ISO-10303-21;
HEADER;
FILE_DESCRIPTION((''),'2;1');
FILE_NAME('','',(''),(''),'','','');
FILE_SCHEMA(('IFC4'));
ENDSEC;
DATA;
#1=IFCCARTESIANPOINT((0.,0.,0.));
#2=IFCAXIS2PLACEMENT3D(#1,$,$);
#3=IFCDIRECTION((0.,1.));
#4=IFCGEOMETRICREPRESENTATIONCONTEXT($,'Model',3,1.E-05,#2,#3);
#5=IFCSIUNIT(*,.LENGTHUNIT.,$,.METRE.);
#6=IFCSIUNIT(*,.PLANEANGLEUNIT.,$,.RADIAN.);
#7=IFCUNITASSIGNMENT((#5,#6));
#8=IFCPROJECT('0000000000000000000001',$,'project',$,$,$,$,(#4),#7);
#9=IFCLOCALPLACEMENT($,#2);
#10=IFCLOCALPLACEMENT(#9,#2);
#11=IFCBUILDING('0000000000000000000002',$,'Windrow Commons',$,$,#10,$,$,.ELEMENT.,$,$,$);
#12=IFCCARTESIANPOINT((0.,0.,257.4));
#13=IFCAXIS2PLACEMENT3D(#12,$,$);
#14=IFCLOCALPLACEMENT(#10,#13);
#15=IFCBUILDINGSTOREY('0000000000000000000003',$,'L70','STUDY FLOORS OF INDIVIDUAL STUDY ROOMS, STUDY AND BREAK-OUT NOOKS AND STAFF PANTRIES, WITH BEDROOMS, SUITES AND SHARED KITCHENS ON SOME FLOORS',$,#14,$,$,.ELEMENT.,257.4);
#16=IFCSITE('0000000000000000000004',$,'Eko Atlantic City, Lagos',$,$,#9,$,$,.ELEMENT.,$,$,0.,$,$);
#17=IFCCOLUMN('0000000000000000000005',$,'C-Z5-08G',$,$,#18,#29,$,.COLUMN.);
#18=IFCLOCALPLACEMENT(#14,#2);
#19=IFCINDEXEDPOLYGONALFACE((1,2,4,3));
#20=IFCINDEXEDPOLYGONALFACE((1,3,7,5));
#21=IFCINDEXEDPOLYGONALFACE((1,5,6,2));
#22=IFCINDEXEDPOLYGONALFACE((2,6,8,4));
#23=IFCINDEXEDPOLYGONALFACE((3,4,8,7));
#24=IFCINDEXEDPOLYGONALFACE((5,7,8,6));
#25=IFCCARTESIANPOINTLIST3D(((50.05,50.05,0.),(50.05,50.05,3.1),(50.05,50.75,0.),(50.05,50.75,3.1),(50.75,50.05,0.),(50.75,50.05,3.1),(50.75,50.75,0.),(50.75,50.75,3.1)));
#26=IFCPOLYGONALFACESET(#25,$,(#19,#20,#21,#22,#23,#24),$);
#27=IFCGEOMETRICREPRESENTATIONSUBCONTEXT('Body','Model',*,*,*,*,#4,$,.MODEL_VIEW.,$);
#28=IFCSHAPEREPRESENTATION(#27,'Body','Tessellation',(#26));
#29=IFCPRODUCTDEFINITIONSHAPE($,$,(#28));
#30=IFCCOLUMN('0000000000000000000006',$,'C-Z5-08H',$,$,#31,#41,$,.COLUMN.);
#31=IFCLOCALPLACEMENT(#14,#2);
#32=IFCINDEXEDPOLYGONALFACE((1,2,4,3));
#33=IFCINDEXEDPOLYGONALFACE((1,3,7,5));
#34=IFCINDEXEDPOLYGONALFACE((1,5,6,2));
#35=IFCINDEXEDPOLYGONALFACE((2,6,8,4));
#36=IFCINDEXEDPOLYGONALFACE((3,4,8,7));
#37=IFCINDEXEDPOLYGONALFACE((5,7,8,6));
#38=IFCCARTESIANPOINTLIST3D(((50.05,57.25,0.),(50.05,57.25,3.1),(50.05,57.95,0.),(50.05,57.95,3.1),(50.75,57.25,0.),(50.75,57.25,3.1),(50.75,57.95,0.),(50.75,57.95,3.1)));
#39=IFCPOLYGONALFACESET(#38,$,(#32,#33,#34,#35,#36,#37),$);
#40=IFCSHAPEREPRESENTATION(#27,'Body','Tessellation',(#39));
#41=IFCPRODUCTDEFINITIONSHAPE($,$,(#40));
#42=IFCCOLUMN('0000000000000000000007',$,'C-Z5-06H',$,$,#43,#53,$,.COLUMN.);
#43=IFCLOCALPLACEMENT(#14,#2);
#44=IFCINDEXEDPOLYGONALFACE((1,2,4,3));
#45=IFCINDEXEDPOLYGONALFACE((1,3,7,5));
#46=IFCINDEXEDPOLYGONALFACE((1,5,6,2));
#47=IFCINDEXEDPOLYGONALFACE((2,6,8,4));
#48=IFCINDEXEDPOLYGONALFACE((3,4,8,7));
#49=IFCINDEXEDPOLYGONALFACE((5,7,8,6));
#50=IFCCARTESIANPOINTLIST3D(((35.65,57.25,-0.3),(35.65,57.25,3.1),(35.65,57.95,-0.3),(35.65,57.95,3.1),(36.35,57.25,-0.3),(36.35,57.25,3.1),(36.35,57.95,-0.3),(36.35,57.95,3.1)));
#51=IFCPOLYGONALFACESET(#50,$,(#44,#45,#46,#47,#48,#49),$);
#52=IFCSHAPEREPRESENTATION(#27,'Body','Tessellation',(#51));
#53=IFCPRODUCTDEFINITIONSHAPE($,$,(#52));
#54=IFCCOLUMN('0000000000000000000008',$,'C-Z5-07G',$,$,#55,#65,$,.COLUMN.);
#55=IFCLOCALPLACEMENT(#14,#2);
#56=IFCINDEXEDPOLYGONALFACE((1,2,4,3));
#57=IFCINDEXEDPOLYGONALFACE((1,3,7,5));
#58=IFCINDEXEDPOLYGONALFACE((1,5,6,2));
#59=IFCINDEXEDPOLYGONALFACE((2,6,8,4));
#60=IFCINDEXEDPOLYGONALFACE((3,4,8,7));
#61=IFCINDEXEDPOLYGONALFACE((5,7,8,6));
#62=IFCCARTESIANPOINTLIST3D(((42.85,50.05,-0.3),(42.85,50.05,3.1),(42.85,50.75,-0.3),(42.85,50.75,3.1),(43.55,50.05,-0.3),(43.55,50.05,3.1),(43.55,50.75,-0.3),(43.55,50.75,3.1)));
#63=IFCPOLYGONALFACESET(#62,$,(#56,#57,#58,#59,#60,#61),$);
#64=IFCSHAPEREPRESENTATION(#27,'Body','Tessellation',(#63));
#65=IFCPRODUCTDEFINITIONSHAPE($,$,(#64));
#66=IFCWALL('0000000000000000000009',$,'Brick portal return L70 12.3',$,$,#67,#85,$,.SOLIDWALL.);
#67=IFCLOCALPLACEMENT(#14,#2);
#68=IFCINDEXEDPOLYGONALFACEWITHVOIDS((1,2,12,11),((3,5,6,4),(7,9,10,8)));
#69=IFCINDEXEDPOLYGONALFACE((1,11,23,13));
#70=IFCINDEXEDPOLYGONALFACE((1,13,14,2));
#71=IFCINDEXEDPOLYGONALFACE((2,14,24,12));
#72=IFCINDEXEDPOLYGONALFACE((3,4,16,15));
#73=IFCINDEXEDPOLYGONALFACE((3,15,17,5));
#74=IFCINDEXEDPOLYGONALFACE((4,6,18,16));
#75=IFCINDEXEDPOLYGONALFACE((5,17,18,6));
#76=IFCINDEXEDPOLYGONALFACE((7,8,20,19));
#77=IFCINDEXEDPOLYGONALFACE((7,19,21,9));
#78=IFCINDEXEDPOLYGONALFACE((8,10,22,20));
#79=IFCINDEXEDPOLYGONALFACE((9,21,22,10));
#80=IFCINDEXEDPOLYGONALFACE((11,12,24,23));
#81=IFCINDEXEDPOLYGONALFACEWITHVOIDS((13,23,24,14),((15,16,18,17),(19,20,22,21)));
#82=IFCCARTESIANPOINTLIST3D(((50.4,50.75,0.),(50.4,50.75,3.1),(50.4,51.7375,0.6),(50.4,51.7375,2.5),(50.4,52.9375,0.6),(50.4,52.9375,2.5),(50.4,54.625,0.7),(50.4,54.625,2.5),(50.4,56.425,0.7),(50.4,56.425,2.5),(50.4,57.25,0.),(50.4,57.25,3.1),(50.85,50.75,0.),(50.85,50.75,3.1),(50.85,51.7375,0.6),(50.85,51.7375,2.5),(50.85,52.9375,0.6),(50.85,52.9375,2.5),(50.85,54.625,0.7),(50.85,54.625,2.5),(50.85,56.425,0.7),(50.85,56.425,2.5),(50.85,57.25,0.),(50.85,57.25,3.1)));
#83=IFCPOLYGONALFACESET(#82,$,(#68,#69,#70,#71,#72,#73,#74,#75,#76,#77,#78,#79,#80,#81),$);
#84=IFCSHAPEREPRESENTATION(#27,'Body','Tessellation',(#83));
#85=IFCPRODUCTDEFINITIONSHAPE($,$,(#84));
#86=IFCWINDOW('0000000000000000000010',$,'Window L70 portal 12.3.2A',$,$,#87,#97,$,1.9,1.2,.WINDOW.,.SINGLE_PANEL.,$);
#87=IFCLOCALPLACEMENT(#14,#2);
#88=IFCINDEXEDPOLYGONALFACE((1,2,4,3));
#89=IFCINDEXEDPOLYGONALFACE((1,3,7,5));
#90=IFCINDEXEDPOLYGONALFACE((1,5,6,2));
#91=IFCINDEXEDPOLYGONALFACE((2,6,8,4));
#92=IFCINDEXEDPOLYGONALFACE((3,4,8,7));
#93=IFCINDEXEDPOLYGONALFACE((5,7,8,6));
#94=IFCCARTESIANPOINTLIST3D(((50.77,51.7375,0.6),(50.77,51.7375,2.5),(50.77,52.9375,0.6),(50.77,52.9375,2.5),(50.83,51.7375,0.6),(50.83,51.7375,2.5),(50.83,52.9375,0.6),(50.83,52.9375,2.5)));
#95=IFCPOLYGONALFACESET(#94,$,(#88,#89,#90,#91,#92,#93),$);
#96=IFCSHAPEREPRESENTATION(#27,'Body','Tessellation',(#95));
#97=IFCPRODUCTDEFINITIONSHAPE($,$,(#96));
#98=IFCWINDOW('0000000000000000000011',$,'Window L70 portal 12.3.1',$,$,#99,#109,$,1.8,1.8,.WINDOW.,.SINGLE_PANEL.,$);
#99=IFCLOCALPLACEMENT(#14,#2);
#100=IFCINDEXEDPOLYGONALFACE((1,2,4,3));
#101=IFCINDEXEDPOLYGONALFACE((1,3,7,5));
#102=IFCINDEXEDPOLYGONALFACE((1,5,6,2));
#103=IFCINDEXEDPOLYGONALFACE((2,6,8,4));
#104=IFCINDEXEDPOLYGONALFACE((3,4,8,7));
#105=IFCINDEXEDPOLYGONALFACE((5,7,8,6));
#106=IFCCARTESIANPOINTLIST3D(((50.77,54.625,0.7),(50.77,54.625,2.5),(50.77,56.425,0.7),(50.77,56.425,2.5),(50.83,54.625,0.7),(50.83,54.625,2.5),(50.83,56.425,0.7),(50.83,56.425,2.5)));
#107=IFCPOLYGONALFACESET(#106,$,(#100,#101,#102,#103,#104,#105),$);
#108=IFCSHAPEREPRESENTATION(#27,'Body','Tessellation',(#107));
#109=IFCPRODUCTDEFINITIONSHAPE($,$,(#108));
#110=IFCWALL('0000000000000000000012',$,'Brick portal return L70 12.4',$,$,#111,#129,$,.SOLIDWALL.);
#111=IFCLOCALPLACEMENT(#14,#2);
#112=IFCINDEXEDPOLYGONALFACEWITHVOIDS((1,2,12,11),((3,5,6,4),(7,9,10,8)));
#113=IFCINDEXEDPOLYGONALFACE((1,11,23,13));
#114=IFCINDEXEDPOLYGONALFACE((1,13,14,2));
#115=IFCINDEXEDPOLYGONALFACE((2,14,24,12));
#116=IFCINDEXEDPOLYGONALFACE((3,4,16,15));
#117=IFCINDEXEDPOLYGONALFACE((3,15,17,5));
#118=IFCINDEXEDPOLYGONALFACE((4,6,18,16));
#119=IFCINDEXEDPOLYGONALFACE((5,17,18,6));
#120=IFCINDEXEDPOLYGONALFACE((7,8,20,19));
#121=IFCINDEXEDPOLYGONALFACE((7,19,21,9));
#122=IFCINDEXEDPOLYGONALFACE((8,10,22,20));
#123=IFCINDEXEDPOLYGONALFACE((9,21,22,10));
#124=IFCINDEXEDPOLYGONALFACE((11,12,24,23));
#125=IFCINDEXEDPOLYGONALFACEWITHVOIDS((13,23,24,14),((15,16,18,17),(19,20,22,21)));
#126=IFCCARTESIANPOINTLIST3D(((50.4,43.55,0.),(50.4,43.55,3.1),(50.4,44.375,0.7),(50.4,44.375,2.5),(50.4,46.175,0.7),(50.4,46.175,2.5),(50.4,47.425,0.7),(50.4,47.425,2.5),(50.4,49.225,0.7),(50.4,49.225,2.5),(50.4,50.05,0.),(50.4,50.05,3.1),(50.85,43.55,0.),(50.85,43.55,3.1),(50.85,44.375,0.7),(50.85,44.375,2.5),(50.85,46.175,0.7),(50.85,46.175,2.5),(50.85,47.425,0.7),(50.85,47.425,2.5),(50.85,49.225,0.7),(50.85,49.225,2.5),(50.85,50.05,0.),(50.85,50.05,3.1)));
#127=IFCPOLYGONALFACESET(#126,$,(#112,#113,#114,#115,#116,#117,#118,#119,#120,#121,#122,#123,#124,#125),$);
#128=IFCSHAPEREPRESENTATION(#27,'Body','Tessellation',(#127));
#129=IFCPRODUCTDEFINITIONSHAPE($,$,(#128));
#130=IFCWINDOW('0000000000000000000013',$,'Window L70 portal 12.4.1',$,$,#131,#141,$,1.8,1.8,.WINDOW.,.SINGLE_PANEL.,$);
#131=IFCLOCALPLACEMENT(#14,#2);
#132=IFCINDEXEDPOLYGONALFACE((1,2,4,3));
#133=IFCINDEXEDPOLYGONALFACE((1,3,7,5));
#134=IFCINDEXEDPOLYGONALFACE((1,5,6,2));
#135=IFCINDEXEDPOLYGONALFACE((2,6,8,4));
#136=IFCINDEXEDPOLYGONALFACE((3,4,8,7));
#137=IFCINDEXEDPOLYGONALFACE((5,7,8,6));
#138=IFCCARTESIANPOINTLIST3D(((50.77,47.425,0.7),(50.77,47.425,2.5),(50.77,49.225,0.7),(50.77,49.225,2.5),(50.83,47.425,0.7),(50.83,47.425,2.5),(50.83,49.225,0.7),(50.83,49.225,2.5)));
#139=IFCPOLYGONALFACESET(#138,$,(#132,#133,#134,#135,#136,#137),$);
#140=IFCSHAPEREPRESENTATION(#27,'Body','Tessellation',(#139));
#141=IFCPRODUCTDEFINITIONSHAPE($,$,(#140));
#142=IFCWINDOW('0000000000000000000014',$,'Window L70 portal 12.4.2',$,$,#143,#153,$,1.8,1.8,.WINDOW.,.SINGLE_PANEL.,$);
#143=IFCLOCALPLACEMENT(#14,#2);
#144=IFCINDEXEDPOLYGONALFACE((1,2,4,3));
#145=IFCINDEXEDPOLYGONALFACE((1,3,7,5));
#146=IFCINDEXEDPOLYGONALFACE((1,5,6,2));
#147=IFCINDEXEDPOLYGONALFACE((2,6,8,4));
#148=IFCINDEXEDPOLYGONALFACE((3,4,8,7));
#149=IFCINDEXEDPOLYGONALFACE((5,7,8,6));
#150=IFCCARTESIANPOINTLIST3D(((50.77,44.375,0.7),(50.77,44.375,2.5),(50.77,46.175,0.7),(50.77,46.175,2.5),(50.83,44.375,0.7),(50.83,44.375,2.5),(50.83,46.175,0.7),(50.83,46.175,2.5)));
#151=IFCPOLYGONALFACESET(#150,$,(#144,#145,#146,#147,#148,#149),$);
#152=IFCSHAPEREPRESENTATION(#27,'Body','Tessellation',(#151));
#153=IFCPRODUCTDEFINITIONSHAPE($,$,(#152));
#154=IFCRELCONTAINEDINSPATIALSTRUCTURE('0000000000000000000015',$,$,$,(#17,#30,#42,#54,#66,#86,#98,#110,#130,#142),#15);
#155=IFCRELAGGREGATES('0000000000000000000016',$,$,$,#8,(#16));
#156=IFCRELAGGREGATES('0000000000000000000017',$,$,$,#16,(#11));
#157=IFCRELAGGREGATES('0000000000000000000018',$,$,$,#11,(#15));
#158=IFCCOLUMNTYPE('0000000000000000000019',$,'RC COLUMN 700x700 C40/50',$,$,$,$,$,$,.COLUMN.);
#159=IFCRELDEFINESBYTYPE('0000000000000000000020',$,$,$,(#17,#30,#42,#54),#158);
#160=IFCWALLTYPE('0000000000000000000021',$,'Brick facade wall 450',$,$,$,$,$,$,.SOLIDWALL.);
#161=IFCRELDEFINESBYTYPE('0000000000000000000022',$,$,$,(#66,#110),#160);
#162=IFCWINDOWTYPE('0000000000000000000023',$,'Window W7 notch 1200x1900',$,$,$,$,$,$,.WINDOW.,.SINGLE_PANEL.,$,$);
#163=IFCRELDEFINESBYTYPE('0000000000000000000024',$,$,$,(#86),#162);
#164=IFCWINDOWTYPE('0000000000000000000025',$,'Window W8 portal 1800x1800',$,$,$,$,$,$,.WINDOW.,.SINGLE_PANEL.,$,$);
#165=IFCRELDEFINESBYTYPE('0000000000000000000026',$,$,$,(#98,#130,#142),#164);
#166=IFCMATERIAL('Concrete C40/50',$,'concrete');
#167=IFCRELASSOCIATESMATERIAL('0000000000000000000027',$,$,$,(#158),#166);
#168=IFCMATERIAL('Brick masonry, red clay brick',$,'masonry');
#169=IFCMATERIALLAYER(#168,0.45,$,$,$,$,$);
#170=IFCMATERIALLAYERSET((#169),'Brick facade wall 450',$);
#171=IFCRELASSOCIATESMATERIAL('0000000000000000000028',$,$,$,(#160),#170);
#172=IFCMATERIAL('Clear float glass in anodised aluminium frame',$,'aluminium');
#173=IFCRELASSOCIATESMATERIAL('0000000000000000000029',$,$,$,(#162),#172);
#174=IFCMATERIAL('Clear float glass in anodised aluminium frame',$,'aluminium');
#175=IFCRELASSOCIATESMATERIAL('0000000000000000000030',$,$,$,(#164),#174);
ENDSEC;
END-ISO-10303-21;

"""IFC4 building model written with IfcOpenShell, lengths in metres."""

from ifc_helpers import new_model, si_unit, direction, frame, frame_2d, origin, origin_2d, place, context, subcontext, project, spatial, rectangle, extrude, material, layer, layer_set, material_profile, profile_set, type_object, element, fill, save


model = new_model("IFC4")

# Units and contexts
model_context = context("Model", 3, precision=1e-05, world=origin(), true_north=direction((0.0, 1.0)))
body_context = subcontext(model_context, "Body", "Model", "MODEL_VIEW")
ifc_project = project(units=[si_unit("LENGTHUNIT", "METRE"), si_unit("PLANEANGLEUNIT", "RADIAN")], contexts=[model_context])

# Site, building, storey
site_placement = place(None, origin())
site = spatial("IfcSite", under=ifc_project, at=site_placement, Name="Eko Atlantic City, Lagos", CompositionType="ELEMENT", RefElevation=0.0)
building_placement = place(site_placement, origin())
building = spatial("IfcBuilding", under=site, at=building_placement, Name="Windrow Commons", CompositionType="ELEMENT")
storey_placement = place(building_placement, frame((0.0, 0.0, 257.4)))
storey = spatial("IfcBuildingStorey", under=building, at=storey_placement, Name="L70", Description="STUDY FLOORS OF INDIVIDUAL STUDY ROOMS, STUDY AND BREAK-OUT NOOKS AND STAFF PANTRIES, WITH BEDROOMS, SUITES AND SHARED KITCHENS ON SOME FLOORS", CompositionType="ELEMENT", Elevation=257.4)

# Columns
ifc_material_1 = material(Name="Concrete C40/50", Category="concrete")
ifc_material_profile = material_profile(ifc_material_1, rectangle(XDim=0.7, YDim=0.7, at=origin_2d()))
ifc_profile_set = profile_set([ifc_material_profile], Name="Concrete C40/50")
column_type = type_object("IfcColumnType", Name="RC COLUMN 700x700 C40/50", PredefinedType="COLUMN", material=ifc_profile_set)
for number, where, z_axis, x_axis, name in (
    (1, (50.4, 50.4, 0.0), (0.0, 0.0, 1.0), (1.0, 0.0, 0.0), "C-Z5-08G"),
    (2, (50.4, 57.6, 0.0), (0.0, 0.0, 1.0), (1.0, 0.0, 0.0), "C-Z5-08H"),
):
    element("IfcColumn", number, at=place(storey_placement, frame(where, z_axis=z_axis, x_axis=x_axis)), inside=storey, type_object=column_type, Name=name, PredefinedType="COLUMN", context=body_context, shape_type="SweptSolid", body=[
        extrude(rectangle(XDim=0.7, YDim=0.7, at=origin_2d()), origin(), (0.0, 0.0, 1.0), 3.1),
    ])
for number, where, z_axis, x_axis, name in (
    (3, (36.0, 57.6, -0.3), (0.0, 0.0, 1.0), (1.0, 0.0, 0.0), "C-Z5-06H"),
    (4, (43.2, 50.4, -0.3), (0.0, 0.0, 1.0), (1.0, 0.0, 0.0), "C-Z5-07G"),
):
    element("IfcColumn", number, at=place(storey_placement, frame(where, z_axis=z_axis, x_axis=x_axis)), inside=storey, type_object=column_type, Name=name, PredefinedType="COLUMN", context=body_context, shape_type="SweptSolid", body=[
        extrude(rectangle(XDim=0.7, YDim=0.7, at=origin_2d()), origin(), (0.0, 0.0, 1.0), 3.4),
    ])

# Walls, openings, windows
ifc_material_2 = material(Name="Brick masonry, red clay brick", Category="masonry")
ifc_layer_1 = layer(ifc_material_2, 0.45)
ifc_layer_set_1 = layer_set([ifc_layer_1], Name="Brick facade wall 450")
wall_type_1 = type_object("IfcWallType", Name="Brick facade wall 450", PredefinedType="SOLIDWALL", material=ifc_layer_set_1)
wall_1_placement = place(storey_placement, frame((50.625, 57.25, 0.0), z_axis=(0.0, 0.0, 1.0), x_axis=(0.0, -1.0, 0.0)))
wall_1 = element("IfcWall", 5, at=wall_1_placement, inside=storey, type_object=wall_type_1, Name="Brick portal return L70 12.3", PredefinedType="SOLIDWALL", context=body_context, shape_type="SweptSolid", body=[
    extrude(rectangle(XDim=6.5, YDim=0.45, at=frame_2d((3.25, 0.0))), origin(), (0.0, 0.0, 1.0), 3.1),
])
opening_1_placement = place(wall_1_placement, frame((0.825, 0.0, 0.7)))
opening_1 = element("IfcOpeningElement", 6, at=opening_1_placement, cuts=wall_1, PredefinedType="OPENING", context=body_context, shape_type="SweptSolid", body=[
    extrude(rectangle(XDim=1.8, YDim=1.8, at=frame_2d((0.9, 0.9))), frame((0.0, 0.235, 0.0), z_axis=(0.0, -1.0, 0.0), x_axis=(1.0, 0.0, 0.0)), (0.0, 0.0, 1.0), 0.47),
])
opening_2_placement = place(wall_1_placement, frame((4.3125, 0.0, 0.6)))
opening_2 = element("IfcOpeningElement", 7, at=opening_2_placement, cuts=wall_1, PredefinedType="OPENING", context=body_context, shape_type="SweptSolid", body=[
    extrude(rectangle(XDim=1.2, YDim=1.9, at=frame_2d((0.6, 0.95))), frame((0.0, 0.235, 0.0), z_axis=(0.0, -1.0, 0.0), x_axis=(1.0, 0.0, 0.0)), (0.0, 0.0, 1.0), 0.47),
])
ifc_material_3 = material(Name="Clear float glass in anodised aluminium frame", Category="aluminium")
window_type_1 = type_object("IfcWindowType", Name="Window W7 notch 1200x1900", PartitioningType="SINGLE_PANEL", PredefinedType="WINDOW", material=ifc_material_3)
window_1_placement = place(opening_2_placement, origin())
window_1 = element("IfcWindow", 8, at=window_1_placement, inside=storey, type_object=window_type_1, Name="Window L70 portal 12.3.2A", OverallHeight=1.9, OverallWidth=1.2, PartitioningType="SINGLE_PANEL", PredefinedType="WINDOW", context=body_context, shape_type="SweptSolid", body=[
    extrude(rectangle(XDim=1.2, YDim=1.9, at=frame_2d((0.6, 0.95))), frame((0.0, 0.205, 0.0), z_axis=(0.0, -1.0, 0.0), x_axis=(1.0, 0.0, 0.0)), (0.0, 0.0, 1.0), 0.06),
])
fill(opening_2, window_1)
ifc_material_4 = material(Name="Clear float glass in anodised aluminium frame", Category="aluminium")
window_type_2 = type_object("IfcWindowType", Name="Window W8 portal 1800x1800", PartitioningType="SINGLE_PANEL", PredefinedType="WINDOW", material=ifc_material_4)
window_2_placement = place(opening_1_placement, origin())
window_2 = element("IfcWindow", 9, at=window_2_placement, inside=storey, type_object=window_type_2, Name="Window L70 portal 12.3.1", OverallHeight=1.8, OverallWidth=1.8, PartitioningType="SINGLE_PANEL", PredefinedType="WINDOW", context=body_context, shape_type="SweptSolid", body=[
    extrude(rectangle(XDim=1.8, YDim=1.8, at=frame_2d((0.9, 0.9))), frame((0.0, 0.205, 0.0), z_axis=(0.0, -1.0, 0.0), x_axis=(1.0, 0.0, 0.0)), (0.0, 0.0, 1.0), 0.06),
])
fill(opening_1, window_2)
wall_2_placement = place(storey_placement, frame((50.625, 50.05, 0.0), z_axis=(0.0, 0.0, 1.0), x_axis=(0.0, -1.0, 0.0)))
wall_2 = element("IfcWall", 10, at=wall_2_placement, inside=storey, type_object=wall_type_1, Name="Brick portal return L70 12.4", PredefinedType="SOLIDWALL", context=body_context, shape_type="SweptSolid", body=[
    extrude(rectangle(XDim=6.5, YDim=0.45, at=frame_2d((3.25, 0.0))), origin(), (0.0, 0.0, 1.0), 3.1),
])
opening_3_placement = place(wall_2_placement, frame((0.825, 0.0, 0.7)))
opening_3 = element("IfcOpeningElement", 11, at=opening_3_placement, cuts=wall_2, PredefinedType="OPENING", context=body_context, shape_type="SweptSolid", body=[
    extrude(rectangle(XDim=1.8, YDim=1.8, at=frame_2d((0.9, 0.9))), frame((0.0, 0.235, 0.0), z_axis=(0.0, -1.0, 0.0), x_axis=(1.0, 0.0, 0.0)), (0.0, 0.0, 1.0), 0.47),
])
opening_4_placement = place(wall_2_placement, frame((3.875, 0.0, 0.7)))
opening_4 = element("IfcOpeningElement", 12, at=opening_4_placement, cuts=wall_2, PredefinedType="OPENING", context=body_context, shape_type="SweptSolid", body=[
    extrude(rectangle(XDim=1.8, YDim=1.8, at=frame_2d((0.9, 0.9))), frame((0.0, 0.235, 0.0), z_axis=(0.0, -1.0, 0.0), x_axis=(1.0, 0.0, 0.0)), (0.0, 0.0, 1.0), 0.47),
])
window_3_placement = place(opening_3_placement, origin())
window_3 = element("IfcWindow", 13, at=window_3_placement, inside=storey, type_object=window_type_2, Name="Window L70 portal 12.4.1", OverallHeight=1.8, OverallWidth=1.8, PartitioningType="SINGLE_PANEL", PredefinedType="WINDOW", context=body_context, shape_type="SweptSolid", body=[
    extrude(rectangle(XDim=1.8, YDim=1.8, at=frame_2d((0.9, 0.9))), frame((0.0, 0.205, 0.0), z_axis=(0.0, -1.0, 0.0), x_axis=(1.0, 0.0, 0.0)), (0.0, 0.0, 1.0), 0.06),
])
fill(opening_3, window_3)
window_4_placement = place(opening_4_placement, origin())
window_4 = element("IfcWindow", 14, at=window_4_placement, inside=storey, type_object=window_type_2, Name="Window L70 portal 12.4.2", OverallHeight=1.8, OverallWidth=1.8, PartitioningType="SINGLE_PANEL", PredefinedType="WINDOW", context=body_context, shape_type="SweptSolid", body=[
    extrude(rectangle(XDim=1.8, YDim=1.8, at=frame_2d((0.9, 0.9))), frame((0.0, 0.205, 0.0), z_axis=(0.0, -1.0, 0.0), x_axis=(1.0, 0.0, 0.0)), (0.0, 0.0, 1.0), 0.06),
])
fill(opening_4, window_4)

save(model, "model.ifc")
